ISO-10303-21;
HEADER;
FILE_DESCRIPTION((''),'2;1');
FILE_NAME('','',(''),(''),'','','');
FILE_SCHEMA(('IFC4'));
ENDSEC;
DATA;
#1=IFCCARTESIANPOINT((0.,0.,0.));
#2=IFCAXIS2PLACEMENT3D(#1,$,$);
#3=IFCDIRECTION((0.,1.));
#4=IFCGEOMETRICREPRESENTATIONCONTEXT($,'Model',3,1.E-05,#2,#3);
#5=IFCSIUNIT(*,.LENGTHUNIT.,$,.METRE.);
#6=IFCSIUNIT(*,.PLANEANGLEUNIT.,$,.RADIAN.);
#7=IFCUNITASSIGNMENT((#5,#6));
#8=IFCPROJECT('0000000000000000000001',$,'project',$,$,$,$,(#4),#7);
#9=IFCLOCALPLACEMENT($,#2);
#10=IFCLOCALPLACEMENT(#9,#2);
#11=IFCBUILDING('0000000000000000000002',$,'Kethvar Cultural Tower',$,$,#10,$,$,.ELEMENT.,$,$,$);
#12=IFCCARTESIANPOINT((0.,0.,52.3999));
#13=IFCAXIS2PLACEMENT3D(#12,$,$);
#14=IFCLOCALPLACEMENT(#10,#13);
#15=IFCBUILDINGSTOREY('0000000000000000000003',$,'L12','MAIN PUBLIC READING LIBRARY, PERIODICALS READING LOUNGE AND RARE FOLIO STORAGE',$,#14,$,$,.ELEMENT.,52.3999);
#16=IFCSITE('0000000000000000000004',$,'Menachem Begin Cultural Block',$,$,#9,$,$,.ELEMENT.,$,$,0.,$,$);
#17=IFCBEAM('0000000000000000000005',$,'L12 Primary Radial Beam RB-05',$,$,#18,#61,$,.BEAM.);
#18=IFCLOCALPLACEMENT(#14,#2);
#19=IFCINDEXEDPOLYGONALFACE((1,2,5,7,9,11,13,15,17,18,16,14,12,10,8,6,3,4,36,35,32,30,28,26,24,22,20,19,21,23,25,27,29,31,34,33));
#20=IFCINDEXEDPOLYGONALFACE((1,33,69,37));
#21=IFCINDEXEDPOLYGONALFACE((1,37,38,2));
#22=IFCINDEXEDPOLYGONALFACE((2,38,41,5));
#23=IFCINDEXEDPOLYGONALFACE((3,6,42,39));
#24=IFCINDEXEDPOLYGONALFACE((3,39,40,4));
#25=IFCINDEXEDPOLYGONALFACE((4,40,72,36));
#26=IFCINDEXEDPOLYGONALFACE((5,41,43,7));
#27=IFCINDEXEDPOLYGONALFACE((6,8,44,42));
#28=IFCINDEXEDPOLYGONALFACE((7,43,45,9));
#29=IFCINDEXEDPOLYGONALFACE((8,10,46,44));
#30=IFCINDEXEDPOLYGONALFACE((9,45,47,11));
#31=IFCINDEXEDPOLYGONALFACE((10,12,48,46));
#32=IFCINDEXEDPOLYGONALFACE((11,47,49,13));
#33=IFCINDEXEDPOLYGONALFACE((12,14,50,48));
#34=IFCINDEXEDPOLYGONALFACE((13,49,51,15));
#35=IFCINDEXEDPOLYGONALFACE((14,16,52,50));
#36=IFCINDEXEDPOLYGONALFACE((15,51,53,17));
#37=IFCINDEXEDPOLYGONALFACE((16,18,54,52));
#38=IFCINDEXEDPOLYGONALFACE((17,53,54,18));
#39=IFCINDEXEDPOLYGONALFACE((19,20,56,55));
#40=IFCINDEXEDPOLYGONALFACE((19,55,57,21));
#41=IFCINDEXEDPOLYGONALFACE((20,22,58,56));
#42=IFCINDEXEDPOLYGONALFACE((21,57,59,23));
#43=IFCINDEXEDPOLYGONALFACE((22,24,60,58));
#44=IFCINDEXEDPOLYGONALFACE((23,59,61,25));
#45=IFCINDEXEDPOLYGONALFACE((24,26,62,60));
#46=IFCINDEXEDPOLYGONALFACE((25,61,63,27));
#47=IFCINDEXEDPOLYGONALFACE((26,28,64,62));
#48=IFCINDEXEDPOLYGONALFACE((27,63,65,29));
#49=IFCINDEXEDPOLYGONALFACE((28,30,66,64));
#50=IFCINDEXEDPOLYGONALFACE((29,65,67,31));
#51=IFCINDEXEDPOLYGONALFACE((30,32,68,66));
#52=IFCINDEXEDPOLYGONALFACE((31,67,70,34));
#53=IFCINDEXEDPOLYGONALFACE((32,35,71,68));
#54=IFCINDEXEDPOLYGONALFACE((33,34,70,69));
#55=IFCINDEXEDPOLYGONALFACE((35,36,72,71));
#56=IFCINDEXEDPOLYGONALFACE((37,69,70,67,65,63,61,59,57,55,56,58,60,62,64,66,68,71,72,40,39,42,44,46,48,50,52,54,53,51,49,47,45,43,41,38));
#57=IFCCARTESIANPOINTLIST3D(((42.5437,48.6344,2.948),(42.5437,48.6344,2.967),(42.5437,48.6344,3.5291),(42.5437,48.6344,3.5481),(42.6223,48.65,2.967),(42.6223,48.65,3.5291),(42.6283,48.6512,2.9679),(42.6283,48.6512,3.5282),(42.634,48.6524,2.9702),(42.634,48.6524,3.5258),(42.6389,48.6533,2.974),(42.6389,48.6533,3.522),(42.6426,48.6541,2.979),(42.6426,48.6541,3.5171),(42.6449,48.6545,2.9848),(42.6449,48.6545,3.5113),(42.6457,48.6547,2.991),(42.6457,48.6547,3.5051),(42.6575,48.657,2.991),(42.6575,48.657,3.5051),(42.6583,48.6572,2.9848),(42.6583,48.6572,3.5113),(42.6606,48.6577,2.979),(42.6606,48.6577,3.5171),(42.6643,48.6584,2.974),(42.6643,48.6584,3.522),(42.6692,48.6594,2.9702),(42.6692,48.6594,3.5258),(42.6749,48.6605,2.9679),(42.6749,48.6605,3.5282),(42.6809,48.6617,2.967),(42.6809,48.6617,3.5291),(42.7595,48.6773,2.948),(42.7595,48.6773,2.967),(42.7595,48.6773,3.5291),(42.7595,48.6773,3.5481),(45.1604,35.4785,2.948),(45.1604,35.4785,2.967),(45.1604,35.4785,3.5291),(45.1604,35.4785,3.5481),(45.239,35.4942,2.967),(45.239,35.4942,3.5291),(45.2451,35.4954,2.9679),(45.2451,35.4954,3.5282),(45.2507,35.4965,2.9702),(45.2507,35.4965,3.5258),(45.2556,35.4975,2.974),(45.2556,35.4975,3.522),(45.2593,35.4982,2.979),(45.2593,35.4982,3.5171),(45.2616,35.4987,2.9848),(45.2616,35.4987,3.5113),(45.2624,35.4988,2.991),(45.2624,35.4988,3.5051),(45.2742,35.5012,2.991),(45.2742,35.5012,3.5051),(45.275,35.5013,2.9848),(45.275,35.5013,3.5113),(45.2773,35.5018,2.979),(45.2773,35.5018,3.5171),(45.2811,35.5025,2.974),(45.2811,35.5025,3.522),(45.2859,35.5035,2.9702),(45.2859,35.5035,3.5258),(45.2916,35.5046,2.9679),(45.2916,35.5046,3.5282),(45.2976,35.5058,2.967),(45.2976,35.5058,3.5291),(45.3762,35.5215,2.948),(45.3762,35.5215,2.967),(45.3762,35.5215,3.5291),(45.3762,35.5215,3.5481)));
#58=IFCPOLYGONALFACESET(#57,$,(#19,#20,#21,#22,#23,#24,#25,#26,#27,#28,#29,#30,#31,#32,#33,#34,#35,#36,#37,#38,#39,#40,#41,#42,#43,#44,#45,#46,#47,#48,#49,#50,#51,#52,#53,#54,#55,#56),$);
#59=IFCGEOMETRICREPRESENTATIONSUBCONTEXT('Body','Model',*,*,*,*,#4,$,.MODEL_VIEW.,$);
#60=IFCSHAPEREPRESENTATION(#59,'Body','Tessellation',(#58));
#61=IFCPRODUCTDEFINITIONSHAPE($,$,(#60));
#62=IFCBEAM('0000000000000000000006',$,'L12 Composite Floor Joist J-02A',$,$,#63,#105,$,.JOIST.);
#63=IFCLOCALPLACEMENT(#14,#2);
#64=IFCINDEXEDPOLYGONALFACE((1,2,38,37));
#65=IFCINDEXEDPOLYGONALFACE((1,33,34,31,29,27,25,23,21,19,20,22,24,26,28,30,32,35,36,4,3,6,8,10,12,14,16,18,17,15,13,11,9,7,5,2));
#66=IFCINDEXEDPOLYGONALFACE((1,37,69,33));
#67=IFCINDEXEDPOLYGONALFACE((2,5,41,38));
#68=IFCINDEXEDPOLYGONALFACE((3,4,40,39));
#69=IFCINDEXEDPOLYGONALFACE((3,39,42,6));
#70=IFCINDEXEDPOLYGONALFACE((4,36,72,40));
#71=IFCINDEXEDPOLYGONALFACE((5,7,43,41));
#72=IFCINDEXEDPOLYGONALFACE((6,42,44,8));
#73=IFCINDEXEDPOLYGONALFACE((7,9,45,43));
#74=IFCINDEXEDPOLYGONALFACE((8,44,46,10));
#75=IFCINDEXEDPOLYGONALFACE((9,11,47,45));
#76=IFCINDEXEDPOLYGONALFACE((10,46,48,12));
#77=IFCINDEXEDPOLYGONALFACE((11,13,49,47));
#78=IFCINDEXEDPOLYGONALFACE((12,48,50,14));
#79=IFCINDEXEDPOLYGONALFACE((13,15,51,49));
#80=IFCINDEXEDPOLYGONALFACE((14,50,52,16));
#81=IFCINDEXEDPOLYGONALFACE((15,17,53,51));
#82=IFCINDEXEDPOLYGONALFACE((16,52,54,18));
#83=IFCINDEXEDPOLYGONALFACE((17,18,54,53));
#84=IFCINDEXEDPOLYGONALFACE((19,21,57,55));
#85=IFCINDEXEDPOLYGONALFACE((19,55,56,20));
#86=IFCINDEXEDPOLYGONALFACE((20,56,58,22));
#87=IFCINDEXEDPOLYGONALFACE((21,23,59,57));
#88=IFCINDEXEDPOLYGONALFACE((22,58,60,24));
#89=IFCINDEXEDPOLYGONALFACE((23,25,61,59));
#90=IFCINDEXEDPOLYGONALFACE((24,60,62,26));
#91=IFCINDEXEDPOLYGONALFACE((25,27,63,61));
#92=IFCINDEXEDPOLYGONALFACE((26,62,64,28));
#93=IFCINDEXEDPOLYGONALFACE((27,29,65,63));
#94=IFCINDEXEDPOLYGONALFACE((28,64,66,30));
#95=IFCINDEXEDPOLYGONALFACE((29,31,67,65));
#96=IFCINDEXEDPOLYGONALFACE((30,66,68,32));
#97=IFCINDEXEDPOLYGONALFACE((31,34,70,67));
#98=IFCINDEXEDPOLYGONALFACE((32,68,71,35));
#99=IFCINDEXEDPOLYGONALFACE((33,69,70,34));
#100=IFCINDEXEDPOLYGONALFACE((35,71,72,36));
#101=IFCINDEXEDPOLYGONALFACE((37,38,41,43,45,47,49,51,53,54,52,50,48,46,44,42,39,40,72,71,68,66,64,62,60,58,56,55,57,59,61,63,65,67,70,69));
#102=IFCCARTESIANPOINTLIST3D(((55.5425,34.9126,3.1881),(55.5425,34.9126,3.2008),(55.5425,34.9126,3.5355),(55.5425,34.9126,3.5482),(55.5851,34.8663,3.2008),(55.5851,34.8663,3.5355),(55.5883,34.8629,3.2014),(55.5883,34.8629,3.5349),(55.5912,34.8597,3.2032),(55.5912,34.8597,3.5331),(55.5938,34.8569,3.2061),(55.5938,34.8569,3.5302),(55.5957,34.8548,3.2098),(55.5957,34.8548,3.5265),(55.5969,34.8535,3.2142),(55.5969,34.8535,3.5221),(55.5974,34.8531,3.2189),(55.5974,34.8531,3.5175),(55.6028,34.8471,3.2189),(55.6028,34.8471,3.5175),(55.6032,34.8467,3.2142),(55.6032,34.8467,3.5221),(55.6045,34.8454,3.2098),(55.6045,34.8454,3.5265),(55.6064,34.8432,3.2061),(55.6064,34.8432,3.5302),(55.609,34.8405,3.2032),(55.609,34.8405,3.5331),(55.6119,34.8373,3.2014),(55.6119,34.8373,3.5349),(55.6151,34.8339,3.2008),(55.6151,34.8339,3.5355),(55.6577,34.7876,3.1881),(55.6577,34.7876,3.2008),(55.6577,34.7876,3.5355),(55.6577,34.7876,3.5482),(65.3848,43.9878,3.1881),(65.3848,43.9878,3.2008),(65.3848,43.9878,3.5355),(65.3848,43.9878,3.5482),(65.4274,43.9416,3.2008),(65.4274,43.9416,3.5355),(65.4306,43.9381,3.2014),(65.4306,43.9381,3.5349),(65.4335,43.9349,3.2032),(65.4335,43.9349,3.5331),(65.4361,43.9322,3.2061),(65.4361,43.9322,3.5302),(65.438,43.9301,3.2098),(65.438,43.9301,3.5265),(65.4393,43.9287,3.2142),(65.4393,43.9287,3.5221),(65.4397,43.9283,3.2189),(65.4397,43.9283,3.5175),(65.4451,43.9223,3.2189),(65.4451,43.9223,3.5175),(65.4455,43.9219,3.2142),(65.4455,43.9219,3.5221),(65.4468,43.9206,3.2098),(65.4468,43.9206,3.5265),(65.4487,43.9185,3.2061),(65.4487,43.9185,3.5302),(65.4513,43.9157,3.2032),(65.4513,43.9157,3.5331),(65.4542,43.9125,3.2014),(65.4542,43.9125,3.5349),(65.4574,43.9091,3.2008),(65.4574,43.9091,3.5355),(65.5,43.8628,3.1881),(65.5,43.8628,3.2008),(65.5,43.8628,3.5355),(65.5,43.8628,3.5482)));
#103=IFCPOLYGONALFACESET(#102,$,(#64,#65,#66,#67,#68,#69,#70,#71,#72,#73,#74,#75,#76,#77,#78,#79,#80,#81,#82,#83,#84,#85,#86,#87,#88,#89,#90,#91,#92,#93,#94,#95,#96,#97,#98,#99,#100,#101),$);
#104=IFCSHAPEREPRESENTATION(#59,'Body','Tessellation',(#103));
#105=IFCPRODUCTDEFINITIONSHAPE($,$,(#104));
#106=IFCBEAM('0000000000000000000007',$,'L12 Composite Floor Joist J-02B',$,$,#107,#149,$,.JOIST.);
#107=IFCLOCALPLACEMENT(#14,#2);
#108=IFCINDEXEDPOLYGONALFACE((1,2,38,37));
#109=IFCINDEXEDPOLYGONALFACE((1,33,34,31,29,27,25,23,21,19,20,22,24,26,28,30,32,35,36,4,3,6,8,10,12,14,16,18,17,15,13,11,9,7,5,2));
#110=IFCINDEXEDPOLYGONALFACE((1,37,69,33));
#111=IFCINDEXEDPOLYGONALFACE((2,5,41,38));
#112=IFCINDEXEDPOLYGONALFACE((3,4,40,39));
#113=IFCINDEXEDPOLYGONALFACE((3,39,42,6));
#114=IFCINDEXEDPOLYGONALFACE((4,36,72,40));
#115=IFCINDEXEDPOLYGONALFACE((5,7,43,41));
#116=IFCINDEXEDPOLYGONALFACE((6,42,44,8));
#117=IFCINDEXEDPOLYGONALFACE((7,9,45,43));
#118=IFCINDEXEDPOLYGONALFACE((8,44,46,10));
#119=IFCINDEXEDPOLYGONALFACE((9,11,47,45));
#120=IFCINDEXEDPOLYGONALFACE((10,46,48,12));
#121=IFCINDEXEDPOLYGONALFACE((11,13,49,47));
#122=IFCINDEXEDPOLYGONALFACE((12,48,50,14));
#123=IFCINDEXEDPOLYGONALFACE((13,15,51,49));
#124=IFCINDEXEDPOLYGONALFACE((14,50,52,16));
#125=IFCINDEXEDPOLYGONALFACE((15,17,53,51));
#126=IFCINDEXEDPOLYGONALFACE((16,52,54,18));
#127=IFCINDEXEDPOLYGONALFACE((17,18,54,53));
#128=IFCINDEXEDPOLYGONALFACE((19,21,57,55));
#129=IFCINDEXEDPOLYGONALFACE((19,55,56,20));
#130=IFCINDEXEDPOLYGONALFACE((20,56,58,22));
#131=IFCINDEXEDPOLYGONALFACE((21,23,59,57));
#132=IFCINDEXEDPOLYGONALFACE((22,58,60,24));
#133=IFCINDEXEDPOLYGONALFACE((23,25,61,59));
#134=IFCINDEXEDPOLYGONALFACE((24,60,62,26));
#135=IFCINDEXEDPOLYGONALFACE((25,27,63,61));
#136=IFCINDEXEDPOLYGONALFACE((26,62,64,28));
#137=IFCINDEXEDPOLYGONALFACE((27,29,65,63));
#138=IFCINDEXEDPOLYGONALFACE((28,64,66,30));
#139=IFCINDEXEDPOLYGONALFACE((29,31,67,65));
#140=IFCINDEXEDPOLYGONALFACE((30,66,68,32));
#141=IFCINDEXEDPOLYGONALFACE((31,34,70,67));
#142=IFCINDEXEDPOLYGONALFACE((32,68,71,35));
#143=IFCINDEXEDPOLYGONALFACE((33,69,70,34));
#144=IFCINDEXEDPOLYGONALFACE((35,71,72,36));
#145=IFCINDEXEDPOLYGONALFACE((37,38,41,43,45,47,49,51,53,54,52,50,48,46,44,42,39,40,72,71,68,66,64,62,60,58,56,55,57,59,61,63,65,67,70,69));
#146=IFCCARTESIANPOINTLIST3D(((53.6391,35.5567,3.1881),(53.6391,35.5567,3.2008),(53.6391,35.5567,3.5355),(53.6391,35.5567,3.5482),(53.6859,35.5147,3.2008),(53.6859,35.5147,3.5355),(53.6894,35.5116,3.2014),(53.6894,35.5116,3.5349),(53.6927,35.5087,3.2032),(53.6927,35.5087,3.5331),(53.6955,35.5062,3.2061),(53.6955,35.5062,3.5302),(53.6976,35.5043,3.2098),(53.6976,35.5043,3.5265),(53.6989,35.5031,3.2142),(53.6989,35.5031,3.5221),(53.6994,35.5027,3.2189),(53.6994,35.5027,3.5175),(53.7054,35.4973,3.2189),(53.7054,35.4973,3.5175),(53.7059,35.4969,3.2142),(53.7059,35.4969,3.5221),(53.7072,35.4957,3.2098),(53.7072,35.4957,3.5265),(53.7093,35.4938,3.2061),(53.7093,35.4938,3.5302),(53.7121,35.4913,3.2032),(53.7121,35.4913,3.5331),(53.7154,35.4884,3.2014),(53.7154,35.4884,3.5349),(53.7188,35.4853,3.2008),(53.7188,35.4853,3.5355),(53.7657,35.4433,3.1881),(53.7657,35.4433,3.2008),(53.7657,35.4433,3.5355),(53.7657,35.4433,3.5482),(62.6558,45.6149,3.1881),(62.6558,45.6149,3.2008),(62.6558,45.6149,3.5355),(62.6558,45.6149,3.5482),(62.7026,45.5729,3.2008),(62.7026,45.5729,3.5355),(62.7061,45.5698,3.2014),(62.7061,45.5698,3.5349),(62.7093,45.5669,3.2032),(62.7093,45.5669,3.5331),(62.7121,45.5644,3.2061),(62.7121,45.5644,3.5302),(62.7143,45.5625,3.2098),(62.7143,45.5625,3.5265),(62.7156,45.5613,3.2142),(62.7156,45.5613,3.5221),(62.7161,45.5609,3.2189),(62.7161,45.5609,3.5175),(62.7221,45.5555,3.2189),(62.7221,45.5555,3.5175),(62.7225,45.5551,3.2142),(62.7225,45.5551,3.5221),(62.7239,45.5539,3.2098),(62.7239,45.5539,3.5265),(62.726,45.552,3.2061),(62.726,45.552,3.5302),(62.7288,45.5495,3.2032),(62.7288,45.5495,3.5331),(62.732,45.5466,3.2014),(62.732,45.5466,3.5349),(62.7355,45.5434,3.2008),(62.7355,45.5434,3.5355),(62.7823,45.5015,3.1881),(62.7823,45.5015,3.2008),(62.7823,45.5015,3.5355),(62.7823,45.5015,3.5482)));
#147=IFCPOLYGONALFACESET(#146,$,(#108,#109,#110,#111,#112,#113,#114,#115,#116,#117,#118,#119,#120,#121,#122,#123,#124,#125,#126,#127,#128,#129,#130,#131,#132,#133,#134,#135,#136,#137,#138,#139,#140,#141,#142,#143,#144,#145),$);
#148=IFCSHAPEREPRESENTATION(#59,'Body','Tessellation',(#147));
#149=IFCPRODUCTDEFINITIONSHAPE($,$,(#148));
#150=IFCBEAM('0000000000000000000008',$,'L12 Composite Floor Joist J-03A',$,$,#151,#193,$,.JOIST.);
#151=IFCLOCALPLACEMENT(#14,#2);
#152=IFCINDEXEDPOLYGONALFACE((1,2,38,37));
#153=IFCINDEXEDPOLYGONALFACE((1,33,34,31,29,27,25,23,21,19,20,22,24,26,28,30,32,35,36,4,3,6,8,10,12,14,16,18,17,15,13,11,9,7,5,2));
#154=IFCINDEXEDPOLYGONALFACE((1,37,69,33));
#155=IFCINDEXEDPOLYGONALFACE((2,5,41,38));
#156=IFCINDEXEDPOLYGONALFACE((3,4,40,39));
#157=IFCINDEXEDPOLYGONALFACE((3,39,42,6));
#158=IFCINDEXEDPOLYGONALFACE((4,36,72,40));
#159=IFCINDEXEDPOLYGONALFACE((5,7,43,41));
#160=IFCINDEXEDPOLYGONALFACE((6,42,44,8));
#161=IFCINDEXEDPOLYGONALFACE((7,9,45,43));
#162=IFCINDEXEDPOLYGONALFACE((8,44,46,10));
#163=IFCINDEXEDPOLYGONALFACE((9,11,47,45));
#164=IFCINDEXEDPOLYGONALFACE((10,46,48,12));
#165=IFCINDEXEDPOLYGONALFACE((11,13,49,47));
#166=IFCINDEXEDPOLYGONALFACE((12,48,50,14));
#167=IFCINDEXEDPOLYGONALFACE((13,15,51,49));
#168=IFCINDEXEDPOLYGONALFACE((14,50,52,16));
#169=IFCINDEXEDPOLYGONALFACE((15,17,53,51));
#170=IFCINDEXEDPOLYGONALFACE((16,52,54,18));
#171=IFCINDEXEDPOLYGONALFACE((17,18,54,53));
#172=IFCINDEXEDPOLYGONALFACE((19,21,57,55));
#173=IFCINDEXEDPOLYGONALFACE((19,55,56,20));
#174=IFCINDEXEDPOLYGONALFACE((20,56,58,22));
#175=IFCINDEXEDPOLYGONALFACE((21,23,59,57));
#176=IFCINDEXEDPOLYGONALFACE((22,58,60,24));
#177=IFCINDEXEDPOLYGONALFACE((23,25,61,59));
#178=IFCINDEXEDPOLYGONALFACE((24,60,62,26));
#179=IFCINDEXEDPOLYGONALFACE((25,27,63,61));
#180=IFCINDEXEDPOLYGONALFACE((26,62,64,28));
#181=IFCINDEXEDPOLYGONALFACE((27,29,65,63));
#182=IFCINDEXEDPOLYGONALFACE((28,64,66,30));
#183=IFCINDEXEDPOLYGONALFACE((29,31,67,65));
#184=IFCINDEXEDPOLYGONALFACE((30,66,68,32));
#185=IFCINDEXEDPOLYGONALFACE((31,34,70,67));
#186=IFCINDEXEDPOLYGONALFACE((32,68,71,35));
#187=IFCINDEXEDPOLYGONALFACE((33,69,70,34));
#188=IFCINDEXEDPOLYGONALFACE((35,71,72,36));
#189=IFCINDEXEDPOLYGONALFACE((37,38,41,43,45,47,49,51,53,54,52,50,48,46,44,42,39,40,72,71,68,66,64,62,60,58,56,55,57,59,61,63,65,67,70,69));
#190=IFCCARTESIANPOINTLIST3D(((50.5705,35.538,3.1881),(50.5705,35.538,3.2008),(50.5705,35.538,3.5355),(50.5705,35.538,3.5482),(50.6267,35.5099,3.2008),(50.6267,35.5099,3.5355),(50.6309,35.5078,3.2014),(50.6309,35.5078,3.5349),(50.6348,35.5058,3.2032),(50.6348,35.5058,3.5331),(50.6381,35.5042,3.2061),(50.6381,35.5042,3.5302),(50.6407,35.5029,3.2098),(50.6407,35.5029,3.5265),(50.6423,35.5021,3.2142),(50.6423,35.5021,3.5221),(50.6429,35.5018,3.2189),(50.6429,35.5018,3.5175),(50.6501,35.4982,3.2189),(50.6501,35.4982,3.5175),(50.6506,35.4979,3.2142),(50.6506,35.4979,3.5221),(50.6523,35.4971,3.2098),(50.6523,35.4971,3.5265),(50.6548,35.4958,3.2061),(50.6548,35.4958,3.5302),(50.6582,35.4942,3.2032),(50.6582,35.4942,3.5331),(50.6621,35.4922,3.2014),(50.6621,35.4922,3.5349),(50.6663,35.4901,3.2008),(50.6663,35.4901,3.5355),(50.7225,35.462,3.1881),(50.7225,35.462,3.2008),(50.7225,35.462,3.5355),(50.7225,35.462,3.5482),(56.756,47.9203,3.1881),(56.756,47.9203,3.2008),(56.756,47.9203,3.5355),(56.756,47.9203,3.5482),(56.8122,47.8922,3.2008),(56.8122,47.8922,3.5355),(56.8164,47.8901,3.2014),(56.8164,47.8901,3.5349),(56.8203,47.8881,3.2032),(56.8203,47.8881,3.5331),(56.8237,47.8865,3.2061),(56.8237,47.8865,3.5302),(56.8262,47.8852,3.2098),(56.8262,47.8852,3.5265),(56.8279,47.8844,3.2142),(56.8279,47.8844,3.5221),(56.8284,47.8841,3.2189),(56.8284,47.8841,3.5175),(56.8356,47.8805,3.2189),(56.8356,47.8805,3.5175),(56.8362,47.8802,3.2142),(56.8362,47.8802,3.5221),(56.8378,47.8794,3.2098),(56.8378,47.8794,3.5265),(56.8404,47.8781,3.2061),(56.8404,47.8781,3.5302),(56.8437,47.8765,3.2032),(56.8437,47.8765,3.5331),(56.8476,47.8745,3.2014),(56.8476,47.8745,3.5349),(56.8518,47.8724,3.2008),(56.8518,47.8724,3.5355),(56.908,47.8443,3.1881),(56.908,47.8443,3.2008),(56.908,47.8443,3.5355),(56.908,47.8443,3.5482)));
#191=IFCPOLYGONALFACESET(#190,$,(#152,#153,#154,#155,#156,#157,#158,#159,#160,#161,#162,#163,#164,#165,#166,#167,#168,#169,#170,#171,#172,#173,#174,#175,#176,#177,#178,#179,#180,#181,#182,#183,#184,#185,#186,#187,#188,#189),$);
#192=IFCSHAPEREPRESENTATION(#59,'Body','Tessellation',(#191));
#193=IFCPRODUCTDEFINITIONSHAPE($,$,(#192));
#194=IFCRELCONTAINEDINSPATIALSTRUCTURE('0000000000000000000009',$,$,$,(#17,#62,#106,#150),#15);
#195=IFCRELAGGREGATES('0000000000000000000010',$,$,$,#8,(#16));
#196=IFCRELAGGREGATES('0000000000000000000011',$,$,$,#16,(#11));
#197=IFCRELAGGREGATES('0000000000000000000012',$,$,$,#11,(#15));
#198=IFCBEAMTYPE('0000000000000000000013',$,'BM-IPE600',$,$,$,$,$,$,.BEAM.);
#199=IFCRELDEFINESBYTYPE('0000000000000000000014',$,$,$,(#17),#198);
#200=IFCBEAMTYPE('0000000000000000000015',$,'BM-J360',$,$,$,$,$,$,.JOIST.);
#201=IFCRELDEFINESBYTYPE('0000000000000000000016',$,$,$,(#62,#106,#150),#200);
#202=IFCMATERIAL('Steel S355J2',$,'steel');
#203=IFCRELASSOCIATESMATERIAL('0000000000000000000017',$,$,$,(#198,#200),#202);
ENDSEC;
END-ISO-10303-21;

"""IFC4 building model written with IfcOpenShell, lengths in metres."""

from ifc_helpers import new_model, si_unit, direction, frame, origin, origin_2d, place, context, subcontext, project, spatial, i_section, extrude, source, transform, mapped, material, material_profile, profile_set, type_object, element, save


model = new_model("IFC4")

# Units and contexts
model_context = context("Model", 3, precision=1e-05, world=origin(), true_north=direction((0.0, 1.0)))
body_context = subcontext(model_context, "Body", "Model", "MODEL_VIEW")
ifc_project = project(units=[si_unit("LENGTHUNIT", "METRE"), si_unit("PLANEANGLEUNIT", "RADIAN")], contexts=[model_context])

# Site, building, storey
site_placement = place(None, origin())
site = spatial("IfcSite", under=ifc_project, at=site_placement, Name="Menachem Begin Cultural Block", CompositionType="ELEMENT", RefElevation=0.0)
building_placement = place(site_placement, origin())
building = spatial("IfcBuilding", under=site, at=building_placement, Name="Kethvar Cultural Tower", CompositionType="ELEMENT")
storey_placement = place(building_placement, frame((0.0, 0.0, 52.3999)))
storey = spatial("IfcBuildingStorey", under=building, at=storey_placement, Name="L12", Description="MAIN PUBLIC READING LIBRARY, PERIODICALS READING LOUNGE AND RARE FOLIO STORAGE", CompositionType="ELEMENT", Elevation=52.3999)

# Beams
ifc_material_1 = material(Name="Steel S355J2", Category="steel")
ifc_material_profile_1 = material_profile(ifc_material_1, i_section(OverallWidth=0.22, OverallDepth=0.6001, WebThickness=0.012, FlangeThickness=0.019, FilletRadius=0.0239, at=origin_2d()), Name="Steel S355J2 — IPE600")
ifc_profile_set_1 = profile_set([ifc_material_profile_1], Name="Steel S355J2 — IPE600")
beam_type_1 = type_object("IfcBeamType", Name="BM-IPE600", PredefinedType="BEAM", material=ifc_profile_set_1)
shared_shape_1 = source(origin(), body_context, "Body", "SweptSolid", [
    extrude(i_section(OverallWidth=0.22, OverallDepth=0.6001, WebThickness=0.012, FlangeThickness=0.019, FilletRadius=0.0239, at=origin_2d()), origin(), (0.0, 0.0, 1.0), 13.4136),
])
beam_1_placement = place(storey_placement, frame((45.2683, 35.5, 3.248), z_axis=(-0.19508, 0.980787, 0.0), x_axis=(-0.980787, -0.19508, 0.0)))
element("IfcBeam", 1, at=beam_1_placement, inside=storey, type_object=beam_type_1, Name="L12 Primary Radial Beam RB-05", PredefinedType="BEAM", context=body_context, shape_type="MappedRepresentation", body=[
    mapped(shared_shape_1, transform((0.0, 0.0, 0.0), scale=1.0)),
])
ifc_material_profile_2 = material_profile(ifc_material_1, i_section(OverallWidth=0.1699, OverallDepth=0.3601, WebThickness=0.0081, FlangeThickness=0.0127, FilletRadius=0.0181, at=origin_2d()), Name="Steel S355J2 — IPE360")
ifc_profile_set_2 = profile_set([ifc_material_profile_2], Name="Steel S355J2 — IPE360")
beam_type_2 = type_object("IfcBeamType", Name="BM-J360", PredefinedType="JOIST", material=ifc_profile_set_2)
shared_shape_2 = source(origin(), body_context, "Body", "SweptSolid", [
    extrude(i_section(OverallWidth=0.1699, OverallDepth=0.3601, WebThickness=0.0081, FlangeThickness=0.0127, FilletRadius=0.0181, at=origin_2d()), origin(), (0.0, 0.0, 1.0), 13.3877),
])
beam_2_placement = place(storey_placement, frame((55.6001, 34.8501, 3.3682), z_axis=(0.735175, 0.677877, 0.0), x_axis=(-0.677877, 0.735175, 0.0)))
element("IfcBeam", 2, at=beam_2_placement, inside=storey, type_object=beam_type_2, Name="L12 Composite Floor Joist J-02A", PredefinedType="JOIST", context=body_context, shape_type="MappedRepresentation", body=[
    mapped(shared_shape_2, transform((0.0, 0.0, 0.0), scale=1.0)),
])
shared_shape_3 = source(origin(), body_context, "Body", "SweptSolid", [
    extrude(i_section(OverallWidth=0.1699, OverallDepth=0.3601, WebThickness=0.0081, FlangeThickness=0.0127, FilletRadius=0.0181, at=origin_2d()), origin(), (0.0, 0.0, 1.0), 13.5081),
])
beam_3_placement = place(storey_placement, frame((53.7024, 35.5, 3.3682), z_axis=(0.667504, 0.744607, 0.0), x_axis=(-0.744607, 0.667504, 0.0)))
element("IfcBeam", 3, at=beam_3_placement, inside=storey, type_object=beam_type_2, Name="L12 Composite Floor Joist J-02B", PredefinedType="JOIST", context=body_context, shape_type="MappedRepresentation", body=[
    mapped(shared_shape_3, transform((0.0, 0.0, 0.0), scale=1.0)),
])
shared_shape_4 = source(origin(), body_context, "Body", "SweptSolid", [
    extrude(i_section(OverallWidth=0.1699, OverallDepth=0.3601, WebThickness=0.0081, FlangeThickness=0.0127, FilletRadius=0.0181, at=origin_2d()), origin(), (0.0, 0.0, 1.0), 13.8413),
])
beam_4_placement = place(storey_placement, frame((50.6465, 35.5, 3.3682), z_axis=(0.446889, 0.894589, 0.0), x_axis=(-0.894589, 0.446889, 0.0)))
element("IfcBeam", 4, at=beam_4_placement, inside=storey, type_object=beam_type_2, Name="L12 Composite Floor Joist J-03A", PredefinedType="JOIST", context=body_context, shape_type="MappedRepresentation", body=[
    mapped(shared_shape_4, transform((0.0, 0.0, 0.0), scale=1.0)),
])

save(model, "model.ifc")
